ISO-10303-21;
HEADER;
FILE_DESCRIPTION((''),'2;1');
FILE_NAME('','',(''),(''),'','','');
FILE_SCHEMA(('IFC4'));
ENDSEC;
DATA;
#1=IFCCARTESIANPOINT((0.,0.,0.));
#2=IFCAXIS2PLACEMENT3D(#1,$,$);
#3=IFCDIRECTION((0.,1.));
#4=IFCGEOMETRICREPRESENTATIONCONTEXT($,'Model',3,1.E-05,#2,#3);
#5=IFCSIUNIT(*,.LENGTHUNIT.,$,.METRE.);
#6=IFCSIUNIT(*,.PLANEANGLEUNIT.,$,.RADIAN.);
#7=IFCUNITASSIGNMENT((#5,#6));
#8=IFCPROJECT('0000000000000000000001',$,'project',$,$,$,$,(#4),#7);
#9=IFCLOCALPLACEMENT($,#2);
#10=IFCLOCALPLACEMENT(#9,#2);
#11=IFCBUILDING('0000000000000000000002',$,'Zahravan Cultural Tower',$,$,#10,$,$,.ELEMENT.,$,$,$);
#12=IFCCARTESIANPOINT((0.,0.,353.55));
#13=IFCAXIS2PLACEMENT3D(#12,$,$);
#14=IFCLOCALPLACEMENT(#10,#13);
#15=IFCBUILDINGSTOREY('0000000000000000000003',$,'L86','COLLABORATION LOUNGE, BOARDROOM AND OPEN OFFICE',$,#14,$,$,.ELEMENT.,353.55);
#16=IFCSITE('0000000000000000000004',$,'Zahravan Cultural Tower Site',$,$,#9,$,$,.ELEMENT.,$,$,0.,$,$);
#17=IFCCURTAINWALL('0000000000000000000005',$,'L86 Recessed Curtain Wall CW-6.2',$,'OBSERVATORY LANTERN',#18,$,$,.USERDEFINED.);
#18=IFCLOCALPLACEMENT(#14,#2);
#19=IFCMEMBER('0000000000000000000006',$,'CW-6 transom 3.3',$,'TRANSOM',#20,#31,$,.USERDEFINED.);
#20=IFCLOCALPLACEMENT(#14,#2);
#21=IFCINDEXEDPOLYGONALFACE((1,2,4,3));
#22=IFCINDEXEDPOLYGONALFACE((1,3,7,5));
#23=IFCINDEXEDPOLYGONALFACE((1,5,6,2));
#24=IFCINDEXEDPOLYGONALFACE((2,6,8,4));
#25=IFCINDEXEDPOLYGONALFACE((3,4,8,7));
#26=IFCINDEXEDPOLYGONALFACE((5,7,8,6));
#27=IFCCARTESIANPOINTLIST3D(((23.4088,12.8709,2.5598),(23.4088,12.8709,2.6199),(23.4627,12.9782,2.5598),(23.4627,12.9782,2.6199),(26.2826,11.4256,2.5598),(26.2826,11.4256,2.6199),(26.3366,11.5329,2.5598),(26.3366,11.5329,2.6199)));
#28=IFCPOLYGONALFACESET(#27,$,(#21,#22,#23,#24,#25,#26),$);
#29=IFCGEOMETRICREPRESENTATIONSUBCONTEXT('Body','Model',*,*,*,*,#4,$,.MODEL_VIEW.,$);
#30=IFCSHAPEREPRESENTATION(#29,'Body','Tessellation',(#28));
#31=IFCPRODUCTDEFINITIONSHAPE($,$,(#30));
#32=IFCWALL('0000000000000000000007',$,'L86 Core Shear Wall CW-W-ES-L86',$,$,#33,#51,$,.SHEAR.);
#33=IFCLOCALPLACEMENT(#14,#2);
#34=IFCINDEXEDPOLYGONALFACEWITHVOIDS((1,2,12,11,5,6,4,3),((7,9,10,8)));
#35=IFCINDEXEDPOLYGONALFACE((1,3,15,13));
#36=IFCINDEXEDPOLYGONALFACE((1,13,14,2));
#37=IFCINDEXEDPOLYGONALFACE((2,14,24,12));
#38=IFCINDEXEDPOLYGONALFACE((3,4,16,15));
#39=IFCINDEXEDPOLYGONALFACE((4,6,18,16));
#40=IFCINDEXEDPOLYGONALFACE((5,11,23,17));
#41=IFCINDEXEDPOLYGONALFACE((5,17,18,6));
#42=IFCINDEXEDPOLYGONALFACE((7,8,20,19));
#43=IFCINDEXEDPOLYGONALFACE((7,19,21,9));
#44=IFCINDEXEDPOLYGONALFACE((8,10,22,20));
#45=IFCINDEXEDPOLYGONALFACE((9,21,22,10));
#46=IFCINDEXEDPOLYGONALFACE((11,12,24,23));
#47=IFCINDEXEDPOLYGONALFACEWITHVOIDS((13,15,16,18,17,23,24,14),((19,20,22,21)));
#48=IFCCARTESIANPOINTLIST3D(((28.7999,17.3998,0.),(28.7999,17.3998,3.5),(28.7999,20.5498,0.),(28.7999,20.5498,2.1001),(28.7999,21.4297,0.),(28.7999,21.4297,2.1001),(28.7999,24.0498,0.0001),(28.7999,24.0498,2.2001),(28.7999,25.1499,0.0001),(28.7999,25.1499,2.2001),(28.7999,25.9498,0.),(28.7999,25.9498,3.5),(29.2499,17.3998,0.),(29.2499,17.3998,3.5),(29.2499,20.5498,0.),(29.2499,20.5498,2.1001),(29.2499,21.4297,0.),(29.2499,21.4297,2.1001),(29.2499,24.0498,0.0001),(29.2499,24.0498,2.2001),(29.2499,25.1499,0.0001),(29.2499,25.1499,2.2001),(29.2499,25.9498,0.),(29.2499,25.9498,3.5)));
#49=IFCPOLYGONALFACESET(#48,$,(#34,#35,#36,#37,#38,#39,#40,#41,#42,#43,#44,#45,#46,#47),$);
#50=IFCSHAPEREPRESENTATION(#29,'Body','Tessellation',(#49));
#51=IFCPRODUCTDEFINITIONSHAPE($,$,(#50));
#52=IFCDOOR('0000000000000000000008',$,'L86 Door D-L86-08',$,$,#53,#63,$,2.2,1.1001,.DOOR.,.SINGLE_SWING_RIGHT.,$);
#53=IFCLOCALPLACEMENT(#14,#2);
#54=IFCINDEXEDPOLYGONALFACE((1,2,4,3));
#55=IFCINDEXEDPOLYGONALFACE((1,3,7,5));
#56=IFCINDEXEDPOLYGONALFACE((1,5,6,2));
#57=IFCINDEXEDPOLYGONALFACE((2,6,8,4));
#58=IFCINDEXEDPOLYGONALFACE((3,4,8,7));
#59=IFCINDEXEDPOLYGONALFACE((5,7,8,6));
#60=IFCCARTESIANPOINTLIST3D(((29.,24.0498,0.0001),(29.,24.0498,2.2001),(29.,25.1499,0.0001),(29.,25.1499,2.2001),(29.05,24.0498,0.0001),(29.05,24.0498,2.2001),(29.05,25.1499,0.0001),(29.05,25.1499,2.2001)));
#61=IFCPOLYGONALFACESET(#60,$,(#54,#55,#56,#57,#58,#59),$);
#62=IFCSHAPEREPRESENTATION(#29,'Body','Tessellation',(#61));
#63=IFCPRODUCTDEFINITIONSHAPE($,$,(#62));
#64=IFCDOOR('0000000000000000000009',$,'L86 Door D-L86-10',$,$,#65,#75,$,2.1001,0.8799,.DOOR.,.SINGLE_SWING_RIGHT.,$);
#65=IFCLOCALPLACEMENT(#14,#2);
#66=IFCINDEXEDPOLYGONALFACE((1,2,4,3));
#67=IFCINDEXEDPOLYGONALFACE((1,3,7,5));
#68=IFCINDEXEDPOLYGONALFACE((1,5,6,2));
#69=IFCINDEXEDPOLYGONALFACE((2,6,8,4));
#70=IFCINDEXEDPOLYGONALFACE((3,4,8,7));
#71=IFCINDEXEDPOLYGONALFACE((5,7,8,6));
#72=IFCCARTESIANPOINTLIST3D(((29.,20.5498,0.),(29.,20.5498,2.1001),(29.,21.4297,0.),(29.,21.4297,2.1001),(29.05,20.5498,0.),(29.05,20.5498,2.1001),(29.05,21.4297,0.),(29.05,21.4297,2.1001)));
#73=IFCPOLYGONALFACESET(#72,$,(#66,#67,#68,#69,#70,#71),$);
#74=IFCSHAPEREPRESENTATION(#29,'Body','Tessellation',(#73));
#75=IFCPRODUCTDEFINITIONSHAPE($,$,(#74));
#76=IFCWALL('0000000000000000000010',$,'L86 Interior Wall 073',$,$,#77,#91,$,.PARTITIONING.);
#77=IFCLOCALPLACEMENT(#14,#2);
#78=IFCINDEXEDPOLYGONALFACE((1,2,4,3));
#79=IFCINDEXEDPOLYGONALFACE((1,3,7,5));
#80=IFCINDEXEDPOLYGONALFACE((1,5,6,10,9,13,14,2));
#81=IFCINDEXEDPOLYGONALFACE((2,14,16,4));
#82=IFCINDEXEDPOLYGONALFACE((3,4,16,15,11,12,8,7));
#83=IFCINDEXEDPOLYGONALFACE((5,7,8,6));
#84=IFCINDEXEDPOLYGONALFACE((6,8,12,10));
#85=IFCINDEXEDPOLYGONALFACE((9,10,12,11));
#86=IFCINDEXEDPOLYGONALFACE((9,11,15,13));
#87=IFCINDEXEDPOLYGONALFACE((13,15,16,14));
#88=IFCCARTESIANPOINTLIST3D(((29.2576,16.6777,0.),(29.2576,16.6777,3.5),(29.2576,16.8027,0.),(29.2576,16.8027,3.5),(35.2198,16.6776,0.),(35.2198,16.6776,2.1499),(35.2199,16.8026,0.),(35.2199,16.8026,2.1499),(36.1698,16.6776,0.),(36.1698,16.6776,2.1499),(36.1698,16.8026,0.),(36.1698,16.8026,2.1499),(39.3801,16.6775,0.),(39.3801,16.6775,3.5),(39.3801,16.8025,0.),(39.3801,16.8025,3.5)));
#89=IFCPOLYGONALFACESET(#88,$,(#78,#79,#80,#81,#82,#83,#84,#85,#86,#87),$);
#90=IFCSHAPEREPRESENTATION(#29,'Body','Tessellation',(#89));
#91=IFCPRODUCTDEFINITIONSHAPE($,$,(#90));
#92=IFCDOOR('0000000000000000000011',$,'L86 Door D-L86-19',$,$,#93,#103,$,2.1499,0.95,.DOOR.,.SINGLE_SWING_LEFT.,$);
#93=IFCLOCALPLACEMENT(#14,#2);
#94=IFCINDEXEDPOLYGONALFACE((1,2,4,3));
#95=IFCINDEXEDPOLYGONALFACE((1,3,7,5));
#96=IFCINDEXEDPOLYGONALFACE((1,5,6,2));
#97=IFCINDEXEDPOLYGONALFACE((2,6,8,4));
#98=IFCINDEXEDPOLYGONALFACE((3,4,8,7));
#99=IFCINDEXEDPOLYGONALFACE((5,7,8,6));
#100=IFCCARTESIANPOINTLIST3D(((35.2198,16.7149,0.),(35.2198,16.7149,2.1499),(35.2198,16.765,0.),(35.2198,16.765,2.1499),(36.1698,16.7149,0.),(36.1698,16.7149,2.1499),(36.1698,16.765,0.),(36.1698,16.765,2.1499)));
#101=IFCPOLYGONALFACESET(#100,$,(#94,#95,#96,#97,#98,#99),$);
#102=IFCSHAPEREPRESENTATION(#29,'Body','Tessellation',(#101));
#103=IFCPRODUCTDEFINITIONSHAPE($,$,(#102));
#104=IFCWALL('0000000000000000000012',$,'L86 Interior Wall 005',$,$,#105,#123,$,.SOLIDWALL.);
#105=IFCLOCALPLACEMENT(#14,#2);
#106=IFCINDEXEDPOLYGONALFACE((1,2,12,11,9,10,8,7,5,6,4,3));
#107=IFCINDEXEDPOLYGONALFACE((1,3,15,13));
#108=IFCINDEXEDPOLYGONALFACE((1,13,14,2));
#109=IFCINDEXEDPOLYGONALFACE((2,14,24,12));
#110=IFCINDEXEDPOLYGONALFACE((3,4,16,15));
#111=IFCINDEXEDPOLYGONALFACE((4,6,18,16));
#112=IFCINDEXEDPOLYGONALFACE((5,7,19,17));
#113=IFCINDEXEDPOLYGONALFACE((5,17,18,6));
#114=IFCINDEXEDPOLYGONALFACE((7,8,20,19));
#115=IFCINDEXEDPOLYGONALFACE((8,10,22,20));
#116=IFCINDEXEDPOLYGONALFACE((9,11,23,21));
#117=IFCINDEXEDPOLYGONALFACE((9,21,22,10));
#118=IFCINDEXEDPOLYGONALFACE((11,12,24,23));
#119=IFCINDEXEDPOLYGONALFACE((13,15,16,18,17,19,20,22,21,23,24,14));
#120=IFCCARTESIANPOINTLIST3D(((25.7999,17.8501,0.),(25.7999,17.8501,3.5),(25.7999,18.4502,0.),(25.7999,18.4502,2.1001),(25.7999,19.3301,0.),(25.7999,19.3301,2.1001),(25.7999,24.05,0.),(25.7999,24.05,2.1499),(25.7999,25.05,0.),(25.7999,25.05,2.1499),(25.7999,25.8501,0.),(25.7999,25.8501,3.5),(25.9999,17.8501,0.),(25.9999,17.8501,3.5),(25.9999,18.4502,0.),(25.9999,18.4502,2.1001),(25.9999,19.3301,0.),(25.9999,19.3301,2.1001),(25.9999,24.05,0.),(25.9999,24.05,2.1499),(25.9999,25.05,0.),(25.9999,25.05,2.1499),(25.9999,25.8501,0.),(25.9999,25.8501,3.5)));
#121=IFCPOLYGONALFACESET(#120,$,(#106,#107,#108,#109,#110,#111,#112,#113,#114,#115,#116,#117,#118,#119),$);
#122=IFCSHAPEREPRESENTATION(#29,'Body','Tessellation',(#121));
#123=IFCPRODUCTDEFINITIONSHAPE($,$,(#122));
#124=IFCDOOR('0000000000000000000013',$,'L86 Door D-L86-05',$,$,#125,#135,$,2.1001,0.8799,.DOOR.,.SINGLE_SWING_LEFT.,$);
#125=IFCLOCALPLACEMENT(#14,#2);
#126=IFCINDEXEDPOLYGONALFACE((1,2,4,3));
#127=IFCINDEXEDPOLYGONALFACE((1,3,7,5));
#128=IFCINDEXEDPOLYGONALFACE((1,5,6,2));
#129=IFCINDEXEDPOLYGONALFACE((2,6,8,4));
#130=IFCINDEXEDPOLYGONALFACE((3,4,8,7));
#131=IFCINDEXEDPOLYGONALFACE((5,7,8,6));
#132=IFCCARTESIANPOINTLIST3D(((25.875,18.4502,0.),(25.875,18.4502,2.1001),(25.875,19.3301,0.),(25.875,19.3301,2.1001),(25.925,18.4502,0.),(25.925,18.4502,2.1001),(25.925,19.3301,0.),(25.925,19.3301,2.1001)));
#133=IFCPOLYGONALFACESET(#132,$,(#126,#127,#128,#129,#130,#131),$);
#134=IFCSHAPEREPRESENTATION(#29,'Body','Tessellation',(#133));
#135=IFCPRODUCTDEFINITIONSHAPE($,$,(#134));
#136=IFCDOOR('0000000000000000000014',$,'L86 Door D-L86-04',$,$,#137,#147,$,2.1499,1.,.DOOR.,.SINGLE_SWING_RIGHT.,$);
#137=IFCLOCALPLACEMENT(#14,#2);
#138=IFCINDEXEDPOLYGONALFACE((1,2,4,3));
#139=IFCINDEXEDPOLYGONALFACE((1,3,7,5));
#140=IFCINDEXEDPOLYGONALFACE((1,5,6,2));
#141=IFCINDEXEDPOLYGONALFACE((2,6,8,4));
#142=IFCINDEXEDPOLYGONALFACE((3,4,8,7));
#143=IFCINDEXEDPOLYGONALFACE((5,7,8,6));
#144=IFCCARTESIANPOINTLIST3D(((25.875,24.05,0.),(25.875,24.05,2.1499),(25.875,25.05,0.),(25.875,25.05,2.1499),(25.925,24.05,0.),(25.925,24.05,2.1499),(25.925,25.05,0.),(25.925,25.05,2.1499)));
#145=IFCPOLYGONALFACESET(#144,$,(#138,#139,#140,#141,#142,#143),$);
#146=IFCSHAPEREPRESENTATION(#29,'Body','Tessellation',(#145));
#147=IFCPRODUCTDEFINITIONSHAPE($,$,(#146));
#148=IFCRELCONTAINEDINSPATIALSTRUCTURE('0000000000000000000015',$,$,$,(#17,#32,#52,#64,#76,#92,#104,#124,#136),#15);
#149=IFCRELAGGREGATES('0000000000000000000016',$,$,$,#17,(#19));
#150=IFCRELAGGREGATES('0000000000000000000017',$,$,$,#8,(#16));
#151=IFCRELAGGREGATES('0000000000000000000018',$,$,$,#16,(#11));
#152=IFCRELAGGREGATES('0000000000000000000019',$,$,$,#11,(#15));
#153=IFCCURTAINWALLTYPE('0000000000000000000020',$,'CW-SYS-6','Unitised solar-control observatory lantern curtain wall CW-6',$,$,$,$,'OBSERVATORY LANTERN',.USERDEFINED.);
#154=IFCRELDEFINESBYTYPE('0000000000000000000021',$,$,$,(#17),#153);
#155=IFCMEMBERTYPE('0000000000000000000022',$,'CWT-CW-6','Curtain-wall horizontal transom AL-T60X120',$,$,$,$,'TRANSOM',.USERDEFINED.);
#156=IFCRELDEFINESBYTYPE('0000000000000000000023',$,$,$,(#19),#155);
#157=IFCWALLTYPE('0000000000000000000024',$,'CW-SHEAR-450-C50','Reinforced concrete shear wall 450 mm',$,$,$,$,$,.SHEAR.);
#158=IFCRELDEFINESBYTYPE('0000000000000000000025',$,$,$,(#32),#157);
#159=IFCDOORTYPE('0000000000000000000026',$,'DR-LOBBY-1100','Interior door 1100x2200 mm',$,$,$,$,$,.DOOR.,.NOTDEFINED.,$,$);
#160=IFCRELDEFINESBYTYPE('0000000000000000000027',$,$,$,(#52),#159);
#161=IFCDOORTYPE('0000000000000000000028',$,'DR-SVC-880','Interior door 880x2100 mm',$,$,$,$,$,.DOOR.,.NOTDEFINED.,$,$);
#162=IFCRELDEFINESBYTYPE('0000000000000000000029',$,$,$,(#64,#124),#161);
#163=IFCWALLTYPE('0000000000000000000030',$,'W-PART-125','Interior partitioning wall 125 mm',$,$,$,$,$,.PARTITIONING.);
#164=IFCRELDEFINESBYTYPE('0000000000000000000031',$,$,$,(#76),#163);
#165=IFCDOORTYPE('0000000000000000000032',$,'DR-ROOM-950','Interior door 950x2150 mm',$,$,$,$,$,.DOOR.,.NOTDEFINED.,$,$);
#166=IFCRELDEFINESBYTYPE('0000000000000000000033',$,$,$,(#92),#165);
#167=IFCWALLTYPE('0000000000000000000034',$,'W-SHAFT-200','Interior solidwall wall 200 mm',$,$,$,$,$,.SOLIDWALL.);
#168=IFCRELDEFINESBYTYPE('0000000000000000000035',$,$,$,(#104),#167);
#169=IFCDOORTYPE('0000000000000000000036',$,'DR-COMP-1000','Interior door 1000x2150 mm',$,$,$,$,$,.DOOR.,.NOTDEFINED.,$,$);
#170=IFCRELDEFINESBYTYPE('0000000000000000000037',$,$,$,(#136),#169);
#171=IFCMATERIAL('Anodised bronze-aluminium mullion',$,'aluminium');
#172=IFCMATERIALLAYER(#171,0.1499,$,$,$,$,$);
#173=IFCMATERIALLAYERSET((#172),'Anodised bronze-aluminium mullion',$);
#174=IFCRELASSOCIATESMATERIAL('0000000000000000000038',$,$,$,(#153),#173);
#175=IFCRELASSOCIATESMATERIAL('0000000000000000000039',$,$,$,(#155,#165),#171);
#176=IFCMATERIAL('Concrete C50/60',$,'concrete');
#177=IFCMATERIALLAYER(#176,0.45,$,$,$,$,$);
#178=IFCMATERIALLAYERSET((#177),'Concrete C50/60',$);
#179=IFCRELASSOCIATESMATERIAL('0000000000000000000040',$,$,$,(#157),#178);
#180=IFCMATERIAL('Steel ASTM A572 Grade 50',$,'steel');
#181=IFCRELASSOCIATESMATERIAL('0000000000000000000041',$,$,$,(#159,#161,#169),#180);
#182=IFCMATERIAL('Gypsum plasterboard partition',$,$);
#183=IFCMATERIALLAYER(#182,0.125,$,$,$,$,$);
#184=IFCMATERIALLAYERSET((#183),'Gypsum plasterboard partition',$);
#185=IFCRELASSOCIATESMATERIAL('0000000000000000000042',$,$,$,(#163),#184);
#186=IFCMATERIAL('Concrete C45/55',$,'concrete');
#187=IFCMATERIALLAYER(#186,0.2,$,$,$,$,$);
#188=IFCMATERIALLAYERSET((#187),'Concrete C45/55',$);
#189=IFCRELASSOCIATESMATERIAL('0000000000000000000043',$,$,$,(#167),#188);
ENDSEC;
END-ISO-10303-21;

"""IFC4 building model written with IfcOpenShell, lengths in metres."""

from ifc_helpers import new_model, si_unit, direction, frame, frame_2d, origin, origin_2d, place, context, subcontext, project, spatial, rectangle, extrude, source, transform, mapped, material, layer, layer_set, material_profile, profile_set, type_object, element, fill, aggregate, save


model = new_model("IFC4")

# Units and contexts
model_context = context("Model", 3, precision=1e-05, world=origin(), true_north=direction((0.0, 1.0)))
body_context = subcontext(model_context, "Body", "Model", "MODEL_VIEW")
ifc_project = project(units=[si_unit("LENGTHUNIT", "METRE"), si_unit("PLANEANGLEUNIT", "RADIAN")], contexts=[model_context])

# Site, building, storey
site_placement = place(None, origin())
site = spatial("IfcSite", under=ifc_project, at=site_placement, Name="Zahravan Cultural Tower Site", CompositionType="ELEMENT", RefElevation=0.0)
building_placement = place(site_placement, origin())
building = spatial("IfcBuilding", under=site, at=building_placement, Name="Zahravan Cultural Tower", CompositionType="ELEMENT")
storey_placement = place(building_placement, frame((0.0, 0.0, 353.55)))
storey = spatial("IfcBuildingStorey", under=building, at=storey_placement, Name="L86", Description="COLLABORATION LOUNGE, BOARDROOM AND OPEN OFFICE", CompositionType="ELEMENT", Elevation=353.55)

# Shared definitions
ifc_material_1 = material(Name="Concrete C50/60", Category="concrete")

# Curtain wall, member
ifc_material_2 = material(Name="Anodised bronze-aluminium mullion", Category="aluminium")
ifc_layer_1 = layer(ifc_material_2, 0.1499)
ifc_layer_set_1 = layer_set([ifc_layer_1], Name="Anodised bronze-aluminium mullion")
curtain_wall_type = type_object("IfcCurtainWallType", Name="CW-SYS-6", Description="Unitised solar-control observatory lantern curtain wall CW-6", ElementType="OBSERVATORY LANTERN", PredefinedType="USERDEFINED", material=ifc_layer_set_1)
curtain_wall_placement = place(storey_placement, origin())
curtain_wall = element("IfcCurtainWall", 1, at=curtain_wall_placement, inside=storey, type_object=curtain_wall_type, Name="L86 Recessed Curtain Wall CW-6.2", ObjectType="OBSERVATORY LANTERN", PredefinedType="USERDEFINED")
ifc_material_profile_1 = material_profile(ifc_material_2, rectangle(XDim=0.1201, YDim=0.0601, at=origin_2d()), Name="AL-T60X120")
ifc_profile_set_1 = profile_set([ifc_material_profile_1], Name="Anodised bronze-aluminium mullion")
member_type_1 = type_object("IfcMemberType", Name="CWT-CW-6", Description="Curtain-wall horizontal transom AL-T60X120", ElementType="TRANSOM", PredefinedType="USERDEFINED", material=ifc_profile_set_1)
shared_shape_1 = source(origin(), body_context, "Body", "SweptSolid", [
    extrude(rectangle(XDim=0.1201, YDim=0.0601, at=origin_2d()), origin(), (0.0, 0.0, 1.0), 3.2168),
])
member_1_placement = place(storey_placement, frame((26.3096, 11.4792, 2.5898), z_axis=(-0.893377, 0.449307, 0.0), x_axis=(-0.449307, -0.893377, 0.0)))
member_1 = element("IfcMember", 2, at=member_1_placement, type_object=member_type_1, Name="CW-6 transom 3.3", ObjectType="TRANSOM", PredefinedType="USERDEFINED", context=body_context, shape_type="MappedRepresentation", body=[
    mapped(shared_shape_1, transform((0.0, 0.0, 0.0), x_axis=(1.0, 0.0, 0.0), y_axis=(0.0, 1.0, 0.0), z_axis=(0.0, 0.0, 1.0), scale=1.0)),
])
aggregate(curtain_wall, [member_1])

# Wall, openings, doors
ifc_layer_2 = layer(ifc_material_1, 0.45)
ifc_layer_set_2 = layer_set([ifc_layer_2], Name="Concrete C50/60")
wall_type_1 = type_object("IfcWallType", Name="CW-SHEAR-450-C50", Description="Reinforced concrete shear wall 450 mm", PredefinedType="SHEAR", material=ifc_layer_set_2)
wall_1_placement = place(storey_placement, frame((29.0249, 17.3999, 0.0), z_axis=(0.0, 0.0, 1.0), x_axis=(0.0, 1.0, 0.0)))
wall_1 = element("IfcWall", 3, at=wall_1_placement, inside=storey, type_object=wall_type_1, Name="L86 Core Shear Wall CW-W-ES-L86", PredefinedType="SHEAR", context=body_context, shape_type="SweptSolid", body=[
    extrude(rectangle(XDim=8.55, YDim=0.45, at=frame_2d((4.2749, 0.0))), origin(), (0.0, 0.0, 1.0), 3.5),
])
opening_1_placement = place(wall_1_placement, frame((6.6499, 0.0, 0.0)))
opening_1 = element("IfcOpeningElement", 4, at=opening_1_placement, cuts=wall_1, PredefinedType="OPENING", context=body_context, shape_type="SweptSolid", body=[
    extrude(rectangle(XDim=1.1001, YDim=2.2, at=frame_2d((0.55, 1.1001))), frame((0.0, 0.2349, 0.0), z_axis=(0.0, -1.0, 0.0), x_axis=(1.0, 0.0, 0.0)), (0.0, 0.0, 1.0), 0.47),
])
opening_2_placement = place(wall_1_placement, frame((3.1499, 0.0, 0.0)))
opening_2 = element("IfcOpeningElement", 5, at=opening_2_placement, cuts=wall_1, PredefinedType="OPENING", context=body_context, shape_type="SweptSolid", body=[
    extrude(rectangle(XDim=0.8799, YDim=2.1001, at=frame_2d((0.4399, 1.05))), frame((0.0, 0.2349, 0.0), z_axis=(0.0, -1.0, 0.0), x_axis=(1.0, 0.0, 0.0)), (0.0, 0.0, 1.0), 0.47),
])
ifc_material_3 = material(Name="Steel ASTM A572 Grade 50", Category="steel")
door_type_1 = type_object("IfcDoorType", Name="DR-LOBBY-1100", Description="Interior door 1100x2200 mm", OperationType="NOTDEFINED", PredefinedType="DOOR", material=ifc_material_3)
shared_shape_2 = source(origin(), body_context, "Body", "SweptSolid", [
    extrude(rectangle(XDim=1.1001, YDim=2.2, at=frame_2d((0.55, 1.1001))), frame((0.0, 0.0249, 0.0), z_axis=(0.0, -1.0, 0.0), x_axis=(1.0, 0.0, 0.0)), (0.0, 0.0, 1.0), 0.05),
])
door_1_placement = place(opening_1_placement, origin())
door_1 = element("IfcDoor", 6, at=door_1_placement, inside=storey, type_object=door_type_1, Name="L86 Door D-L86-08", OperationType="SINGLE_SWING_RIGHT", OverallHeight=2.2, OverallWidth=1.1001, PredefinedType="DOOR", context=body_context, shape_type="MappedRepresentation", body=[
    mapped(shared_shape_2, transform((0.0, 0.0, 0.0), x_axis=(1.0, 0.0, 0.0), y_axis=(0.0, 1.0, 0.0), z_axis=(0.0, 0.0, 1.0), scale=1.0)),
])
fill(opening_1, door_1)
door_type_2 = type_object("IfcDoorType", Name="DR-SVC-880", Description="Interior door 880x2100 mm", OperationType="NOTDEFINED", PredefinedType="DOOR", material=ifc_material_3)
shared_shape_3 = source(origin(), body_context, "Body", "SweptSolid", [
    extrude(rectangle(XDim=0.8799, YDim=2.1001, at=frame_2d((0.4399, 1.05))), frame((0.0, 0.0249, 0.0), z_axis=(0.0, -1.0, 0.0), x_axis=(1.0, 0.0, 0.0)), (0.0, 0.0, 1.0), 0.05),
])
door_2_placement = place(opening_2_placement, origin())
door_2 = element("IfcDoor", 7, at=door_2_placement, inside=storey, type_object=door_type_2, Name="L86 Door D-L86-10", OperationType="SINGLE_SWING_RIGHT", OverallHeight=2.1001, OverallWidth=0.8799, PredefinedType="DOOR", context=body_context, shape_type="MappedRepresentation", body=[
    mapped(shared_shape_3, transform((0.0, 0.0, 0.0), x_axis=(1.0, 0.0, 0.0), y_axis=(0.0, 1.0, 0.0), z_axis=(0.0, 0.0, 1.0), scale=1.0)),
])
fill(opening_2, door_2)

# Wall, opening, door
ifc_material_4 = material(Name="Gypsum plasterboard partition")
ifc_layer_3 = layer(ifc_material_4, 0.125)
ifc_layer_set_3 = layer_set([ifc_layer_3], Name="Gypsum plasterboard partition")
wall_type_2 = type_object("IfcWallType", Name="W-PART-125", Description="Interior partitioning wall 125 mm", PredefinedType="PARTITIONING", material=ifc_layer_set_3)
wall_2_placement = place(storey_placement, frame((29.2576, 16.7402, 0.0), z_axis=(0.0, 0.0, 1.0), x_axis=(1.0, -0.000024, 0.0)))
wall_2 = element("IfcWall", 8, at=wall_2_placement, inside=storey, type_object=wall_type_2, Name="L86 Interior Wall 073", PredefinedType="PARTITIONING", context=body_context, shape_type="SweptSolid", body=[
    extrude(rectangle(XDim=10.1226, YDim=0.125, at=frame_2d((5.0613, 0.0))), origin(), (0.0, 0.0, 1.0), 3.5),
])
opening_3_placement = place(wall_2_placement, frame((5.9622, 0.0, 0.0)))
opening_3 = element("IfcOpeningElement", 9, at=opening_3_placement, cuts=wall_2, PredefinedType="OPENING", context=body_context, shape_type="SweptSolid", body=[
    extrude(rectangle(XDim=0.95, YDim=2.1499, at=frame_2d((0.4751, 1.075))), frame((0.0, 0.0725, 0.0), z_axis=(0.0, -1.0, 0.0), x_axis=(1.0, 0.0, 0.0)), (0.0, 0.0, 1.0), 0.145),
])
door_type_3 = type_object("IfcDoorType", Name="DR-ROOM-950", Description="Interior door 950x2150 mm", OperationType="NOTDEFINED", PredefinedType="DOOR", material=ifc_material_2)
shared_shape_4 = source(origin(), body_context, "Body", "SweptSolid", [
    extrude(rectangle(XDim=0.95, YDim=2.1499, at=frame_2d((0.4751, 1.075))), frame((0.0, 0.0249, 0.0), z_axis=(0.0, -1.0, 0.0), x_axis=(1.0, 0.0, 0.0)), (0.0, 0.0, 1.0), 0.05),
])
door_3_placement = place(opening_3_placement, origin())
door_3 = element("IfcDoor", 10, at=door_3_placement, inside=storey, type_object=door_type_3, Name="L86 Door D-L86-19", OperationType="SINGLE_SWING_LEFT", OverallHeight=2.1499, OverallWidth=0.95, PredefinedType="DOOR", context=body_context, shape_type="MappedRepresentation", body=[
    mapped(shared_shape_4, transform((0.0, 0.0, 0.0), x_axis=(1.0, 0.0, 0.0), y_axis=(0.0, 1.0, 0.0), z_axis=(0.0, 0.0, 1.0), scale=1.0)),
])
fill(opening_3, door_3)

# Wall, openings, doors
ifc_material_5 = material(Name="Concrete C45/55", Category="concrete")
ifc_layer_4 = layer(ifc_material_5, 0.2)
ifc_layer_set_4 = layer_set([ifc_layer_4], Name="Concrete C45/55")
wall_type_3 = type_object("IfcWallType", Name="W-SHAFT-200", Description="Interior solidwall wall 200 mm", PredefinedType="SOLIDWALL", material=ifc_layer_set_4)
wall_3_placement = place(storey_placement, frame((25.8999, 17.8501, 0.0), z_axis=(0.0, 0.0, 1.0), x_axis=(0.0, 1.0, 0.0)))
wall_3 = element("IfcWall", 11, at=wall_3_placement, inside=storey, type_object=wall_type_3, Name="L86 Interior Wall 005", PredefinedType="SOLIDWALL", context=body_context, shape_type="SweptSolid", body=[
    extrude(rectangle(XDim=8.0, YDim=0.2, at=frame_2d((4.0, 0.0))), origin(), (0.0, 0.0, 1.0), 3.5),
])
opening_4_placement = place(wall_3_placement, frame((6.2, 0.0, 0.0)))
opening_4 = element("IfcOpeningElement", 12, at=opening_4_placement, cuts=wall_3, PredefinedType="OPENING", context=body_context, shape_type="SweptSolid", body=[
    extrude(rectangle(XDim=1.0, YDim=2.1499, at=frame_2d((0.5, 1.075))), frame((0.0, 0.1099, 0.0), z_axis=(0.0, -1.0, 0.0), x_axis=(1.0, 0.0, 0.0)), (0.0, 0.0, 1.0), 0.22),
])
opening_5_placement = place(wall_3_placement, frame((0.6001, 0.0, 0.0)))
opening_5 = element("IfcOpeningElement", 13, at=opening_5_placement, cuts=wall_3, PredefinedType="OPENING", context=body_context, shape_type="SweptSolid", body=[
    extrude(rectangle(XDim=0.8799, YDim=2.1001, at=frame_2d((0.4399, 1.05))), frame((0.0, 0.1099, 0.0), z_axis=(0.0, -1.0, 0.0), x_axis=(1.0, 0.0, 0.0)), (0.0, 0.0, 1.0), 0.22),
])
door_4_placement = place(opening_5_placement, origin())
door_4 = element("IfcDoor", 14, at=door_4_placement, inside=storey, type_object=door_type_2, Name="L86 Door D-L86-05", OperationType="SINGLE_SWING_LEFT", OverallHeight=2.1001, OverallWidth=0.8799, PredefinedType="DOOR", context=body_context, shape_type="MappedRepresentation", body=[
    mapped(shared_shape_3, transform((0.0, 0.0, 0.0), x_axis=(1.0, 0.0, 0.0), y_axis=(0.0, 1.0, 0.0), z_axis=(0.0, 0.0, 1.0), scale=1.0)),
])
fill(opening_5, door_4)
door_type_4 = type_object("IfcDoorType", Name="DR-COMP-1000", Description="Interior door 1000x2150 mm", OperationType="NOTDEFINED", PredefinedType="DOOR", material=ifc_material_3)
shared_shape_5 = source(origin(), body_context, "Body", "SweptSolid", [
    extrude(rectangle(XDim=1.0, YDim=2.1499, at=frame_2d((0.5, 1.075))), frame((0.0, 0.0249, 0.0), z_axis=(0.0, -1.0, 0.0), x_axis=(1.0, 0.0, 0.0)), (0.0, 0.0, 1.0), 0.05),
])
door_5_placement = place(opening_4_placement, origin())
door_5 = element("IfcDoor", 15, at=door_5_placement, inside=storey, type_object=door_type_4, Name="L86 Door D-L86-04", OperationType="SINGLE_SWING_RIGHT", OverallHeight=2.1499, OverallWidth=1.0, PredefinedType="DOOR", context=body_context, shape_type="MappedRepresentation", body=[
    mapped(shared_shape_5, transform((0.0, 0.0, 0.0), x_axis=(1.0, 0.0, 0.0), y_axis=(0.0, 1.0, 0.0), z_axis=(0.0, 0.0, 1.0), scale=1.0)),
])
fill(opening_4, door_5)

save(model, "model.ifc")
